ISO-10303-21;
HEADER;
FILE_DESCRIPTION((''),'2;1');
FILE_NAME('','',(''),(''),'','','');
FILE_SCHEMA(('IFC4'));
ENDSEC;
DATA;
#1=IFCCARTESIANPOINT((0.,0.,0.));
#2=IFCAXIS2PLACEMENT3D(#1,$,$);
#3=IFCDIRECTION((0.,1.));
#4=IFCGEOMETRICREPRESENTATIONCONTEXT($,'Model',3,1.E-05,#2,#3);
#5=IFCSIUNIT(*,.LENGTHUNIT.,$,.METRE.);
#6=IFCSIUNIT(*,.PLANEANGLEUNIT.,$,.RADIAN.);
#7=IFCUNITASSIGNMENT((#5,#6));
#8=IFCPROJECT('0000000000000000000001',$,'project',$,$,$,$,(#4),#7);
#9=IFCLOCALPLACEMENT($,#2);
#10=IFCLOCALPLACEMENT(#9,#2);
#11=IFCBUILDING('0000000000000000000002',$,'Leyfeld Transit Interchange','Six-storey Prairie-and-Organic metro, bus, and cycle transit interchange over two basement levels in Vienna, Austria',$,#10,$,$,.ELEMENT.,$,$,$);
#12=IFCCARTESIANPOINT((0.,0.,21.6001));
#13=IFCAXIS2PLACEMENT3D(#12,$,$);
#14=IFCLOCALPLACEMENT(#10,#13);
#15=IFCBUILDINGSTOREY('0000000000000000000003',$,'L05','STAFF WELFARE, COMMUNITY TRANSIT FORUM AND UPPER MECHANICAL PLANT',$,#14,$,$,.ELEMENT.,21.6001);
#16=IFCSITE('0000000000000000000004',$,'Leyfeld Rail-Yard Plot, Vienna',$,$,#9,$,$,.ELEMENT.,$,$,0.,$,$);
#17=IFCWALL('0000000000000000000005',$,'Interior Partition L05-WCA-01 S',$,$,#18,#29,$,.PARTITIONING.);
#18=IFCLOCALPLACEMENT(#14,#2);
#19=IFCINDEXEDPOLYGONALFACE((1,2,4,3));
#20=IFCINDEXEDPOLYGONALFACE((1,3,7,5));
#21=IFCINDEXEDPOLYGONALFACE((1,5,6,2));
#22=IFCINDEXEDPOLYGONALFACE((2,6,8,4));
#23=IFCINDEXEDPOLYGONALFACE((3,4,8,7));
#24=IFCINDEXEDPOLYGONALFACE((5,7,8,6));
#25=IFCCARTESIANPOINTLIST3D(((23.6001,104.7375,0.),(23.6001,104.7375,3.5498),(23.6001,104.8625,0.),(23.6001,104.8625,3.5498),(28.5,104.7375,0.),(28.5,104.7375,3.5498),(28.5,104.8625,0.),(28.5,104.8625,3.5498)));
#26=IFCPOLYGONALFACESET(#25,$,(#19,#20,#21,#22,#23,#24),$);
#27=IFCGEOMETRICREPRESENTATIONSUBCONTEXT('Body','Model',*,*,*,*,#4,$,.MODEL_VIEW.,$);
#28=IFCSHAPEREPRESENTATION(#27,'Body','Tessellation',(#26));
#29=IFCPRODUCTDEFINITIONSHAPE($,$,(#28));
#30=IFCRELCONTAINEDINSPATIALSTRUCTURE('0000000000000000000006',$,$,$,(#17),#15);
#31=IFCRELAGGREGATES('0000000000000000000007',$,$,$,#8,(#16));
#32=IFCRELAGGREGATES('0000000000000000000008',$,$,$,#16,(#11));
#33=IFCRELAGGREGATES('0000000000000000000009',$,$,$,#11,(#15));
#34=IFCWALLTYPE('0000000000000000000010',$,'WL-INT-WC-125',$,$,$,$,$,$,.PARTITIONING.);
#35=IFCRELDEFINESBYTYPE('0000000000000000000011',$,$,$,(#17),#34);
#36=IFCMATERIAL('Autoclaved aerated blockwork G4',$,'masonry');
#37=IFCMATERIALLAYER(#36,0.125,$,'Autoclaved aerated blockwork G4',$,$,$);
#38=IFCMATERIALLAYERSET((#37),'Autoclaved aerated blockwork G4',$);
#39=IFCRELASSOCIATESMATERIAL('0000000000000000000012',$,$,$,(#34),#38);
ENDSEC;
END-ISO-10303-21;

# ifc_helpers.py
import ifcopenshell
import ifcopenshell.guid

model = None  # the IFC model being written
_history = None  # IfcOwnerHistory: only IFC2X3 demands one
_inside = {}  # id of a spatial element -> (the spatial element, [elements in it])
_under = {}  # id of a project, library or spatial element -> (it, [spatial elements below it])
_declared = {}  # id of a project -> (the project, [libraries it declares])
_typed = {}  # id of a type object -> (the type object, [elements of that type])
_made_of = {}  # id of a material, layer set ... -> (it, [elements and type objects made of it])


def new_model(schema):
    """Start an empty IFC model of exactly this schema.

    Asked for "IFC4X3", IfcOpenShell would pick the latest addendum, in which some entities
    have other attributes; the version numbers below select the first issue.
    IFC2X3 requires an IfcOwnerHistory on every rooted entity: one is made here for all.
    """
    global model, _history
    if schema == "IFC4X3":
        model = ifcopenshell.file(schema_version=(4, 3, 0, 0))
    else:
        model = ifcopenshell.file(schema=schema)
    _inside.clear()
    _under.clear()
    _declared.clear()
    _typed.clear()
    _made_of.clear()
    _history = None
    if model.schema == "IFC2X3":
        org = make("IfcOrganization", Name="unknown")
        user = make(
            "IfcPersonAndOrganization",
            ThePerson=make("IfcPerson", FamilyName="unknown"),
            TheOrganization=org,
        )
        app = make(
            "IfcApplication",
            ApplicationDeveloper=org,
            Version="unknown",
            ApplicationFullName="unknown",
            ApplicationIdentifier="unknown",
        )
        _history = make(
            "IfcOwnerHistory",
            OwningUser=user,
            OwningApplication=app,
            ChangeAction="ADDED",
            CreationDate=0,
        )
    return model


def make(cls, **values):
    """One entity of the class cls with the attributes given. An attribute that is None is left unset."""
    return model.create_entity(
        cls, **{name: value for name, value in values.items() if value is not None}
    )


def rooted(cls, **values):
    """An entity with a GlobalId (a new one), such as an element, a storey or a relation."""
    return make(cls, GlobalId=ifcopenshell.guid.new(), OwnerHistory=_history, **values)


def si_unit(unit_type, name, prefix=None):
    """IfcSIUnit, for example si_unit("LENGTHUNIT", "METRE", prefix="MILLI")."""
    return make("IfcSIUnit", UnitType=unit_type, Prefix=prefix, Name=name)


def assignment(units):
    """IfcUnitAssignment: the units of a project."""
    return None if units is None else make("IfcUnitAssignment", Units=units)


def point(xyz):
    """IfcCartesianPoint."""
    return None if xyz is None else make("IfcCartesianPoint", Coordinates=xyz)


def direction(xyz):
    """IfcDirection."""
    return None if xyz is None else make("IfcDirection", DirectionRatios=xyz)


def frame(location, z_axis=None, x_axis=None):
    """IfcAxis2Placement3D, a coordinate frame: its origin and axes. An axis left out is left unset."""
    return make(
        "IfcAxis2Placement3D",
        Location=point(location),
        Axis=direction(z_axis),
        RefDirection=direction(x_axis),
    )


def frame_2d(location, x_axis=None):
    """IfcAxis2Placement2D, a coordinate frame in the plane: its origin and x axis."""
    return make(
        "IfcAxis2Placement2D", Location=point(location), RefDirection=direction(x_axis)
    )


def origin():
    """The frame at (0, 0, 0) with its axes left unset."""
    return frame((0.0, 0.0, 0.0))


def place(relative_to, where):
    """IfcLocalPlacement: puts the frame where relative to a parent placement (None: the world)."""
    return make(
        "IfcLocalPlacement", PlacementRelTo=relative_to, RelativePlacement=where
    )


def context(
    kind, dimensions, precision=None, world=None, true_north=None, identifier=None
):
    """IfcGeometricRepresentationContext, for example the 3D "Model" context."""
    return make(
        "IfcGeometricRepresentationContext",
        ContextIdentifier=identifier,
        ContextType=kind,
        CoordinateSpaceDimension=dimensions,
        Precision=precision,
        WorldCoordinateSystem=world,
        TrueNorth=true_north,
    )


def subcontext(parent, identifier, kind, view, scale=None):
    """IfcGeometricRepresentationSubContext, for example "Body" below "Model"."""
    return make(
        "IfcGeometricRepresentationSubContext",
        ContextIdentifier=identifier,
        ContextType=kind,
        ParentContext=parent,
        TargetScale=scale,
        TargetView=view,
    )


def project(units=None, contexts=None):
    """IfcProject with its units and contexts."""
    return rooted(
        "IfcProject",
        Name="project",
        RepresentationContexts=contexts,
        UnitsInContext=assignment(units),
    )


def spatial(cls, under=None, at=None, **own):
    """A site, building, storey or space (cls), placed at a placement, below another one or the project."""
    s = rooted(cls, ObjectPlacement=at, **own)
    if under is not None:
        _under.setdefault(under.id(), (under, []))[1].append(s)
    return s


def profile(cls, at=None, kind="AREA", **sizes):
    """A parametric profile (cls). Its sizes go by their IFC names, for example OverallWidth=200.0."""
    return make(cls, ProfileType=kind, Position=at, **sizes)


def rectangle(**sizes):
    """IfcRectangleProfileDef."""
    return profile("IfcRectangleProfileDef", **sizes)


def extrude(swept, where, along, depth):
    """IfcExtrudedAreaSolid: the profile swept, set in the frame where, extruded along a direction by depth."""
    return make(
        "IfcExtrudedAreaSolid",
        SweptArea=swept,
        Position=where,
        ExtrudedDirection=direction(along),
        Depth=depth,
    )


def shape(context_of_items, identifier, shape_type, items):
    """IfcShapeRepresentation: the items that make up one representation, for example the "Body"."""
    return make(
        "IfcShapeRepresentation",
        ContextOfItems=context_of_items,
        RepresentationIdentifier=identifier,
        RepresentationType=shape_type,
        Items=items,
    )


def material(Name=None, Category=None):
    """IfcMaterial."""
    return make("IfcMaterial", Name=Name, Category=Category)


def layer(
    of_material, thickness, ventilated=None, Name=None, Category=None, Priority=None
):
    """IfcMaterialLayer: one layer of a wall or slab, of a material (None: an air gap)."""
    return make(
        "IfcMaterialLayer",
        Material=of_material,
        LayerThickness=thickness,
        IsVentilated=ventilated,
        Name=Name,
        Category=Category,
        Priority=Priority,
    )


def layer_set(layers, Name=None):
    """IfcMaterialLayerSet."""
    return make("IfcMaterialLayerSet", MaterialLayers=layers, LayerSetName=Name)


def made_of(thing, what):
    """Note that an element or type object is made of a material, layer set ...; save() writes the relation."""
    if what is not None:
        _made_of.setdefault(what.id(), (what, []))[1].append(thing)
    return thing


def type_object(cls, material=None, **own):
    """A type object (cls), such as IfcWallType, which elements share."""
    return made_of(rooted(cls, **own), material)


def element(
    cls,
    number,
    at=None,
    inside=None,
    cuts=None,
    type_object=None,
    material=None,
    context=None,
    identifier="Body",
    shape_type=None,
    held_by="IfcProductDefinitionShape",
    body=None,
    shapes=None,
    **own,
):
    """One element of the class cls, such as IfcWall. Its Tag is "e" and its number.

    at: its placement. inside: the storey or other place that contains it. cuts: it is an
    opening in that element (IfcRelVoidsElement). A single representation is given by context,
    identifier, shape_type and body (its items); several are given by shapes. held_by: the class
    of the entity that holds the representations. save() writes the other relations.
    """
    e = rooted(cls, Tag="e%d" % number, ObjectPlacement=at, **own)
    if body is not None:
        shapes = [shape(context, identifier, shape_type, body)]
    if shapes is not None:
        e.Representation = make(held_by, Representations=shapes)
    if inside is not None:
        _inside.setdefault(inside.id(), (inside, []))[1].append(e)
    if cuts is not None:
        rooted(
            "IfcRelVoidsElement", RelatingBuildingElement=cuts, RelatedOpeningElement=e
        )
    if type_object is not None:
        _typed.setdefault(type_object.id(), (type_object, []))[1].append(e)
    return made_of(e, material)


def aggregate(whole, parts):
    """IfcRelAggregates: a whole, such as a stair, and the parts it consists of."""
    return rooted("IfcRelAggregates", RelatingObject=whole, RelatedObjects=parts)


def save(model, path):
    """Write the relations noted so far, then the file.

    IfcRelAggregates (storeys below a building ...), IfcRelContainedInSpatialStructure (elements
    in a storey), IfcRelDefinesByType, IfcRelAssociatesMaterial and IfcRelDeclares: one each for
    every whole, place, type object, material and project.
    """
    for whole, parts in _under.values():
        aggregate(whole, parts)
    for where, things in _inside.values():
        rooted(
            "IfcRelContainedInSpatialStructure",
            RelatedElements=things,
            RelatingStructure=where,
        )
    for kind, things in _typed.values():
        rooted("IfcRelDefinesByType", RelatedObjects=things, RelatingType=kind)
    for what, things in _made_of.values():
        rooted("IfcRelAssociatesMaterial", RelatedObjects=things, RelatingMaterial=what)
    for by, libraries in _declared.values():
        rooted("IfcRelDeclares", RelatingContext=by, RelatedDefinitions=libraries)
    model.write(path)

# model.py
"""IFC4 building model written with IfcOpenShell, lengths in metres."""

from ifc_helpers import new_model, si_unit, direction, frame, frame_2d, origin, place, context, subcontext, project, spatial, rectangle, extrude, material, layer, layer_set, type_object, element, save


model = new_model("IFC4")

# Units and contexts
model_context = context("Model", 3, precision=1e-05, world=origin(), true_north=direction((0.0, 1.0)))
body_context = subcontext(model_context, "Body", "Model", "MODEL_VIEW")
ifc_project = project(units=[si_unit("LENGTHUNIT", "METRE"), si_unit("PLANEANGLEUNIT", "RADIAN")], contexts=[model_context])

# Site, building, storey
site_placement = place(None, origin())
site = spatial("IfcSite", under=ifc_project, at=site_placement, Name="Leyfeld Rail-Yard Plot, Vienna", CompositionType="ELEMENT", RefElevation=0.0)
building_placement = place(site_placement, origin())
building = spatial("IfcBuilding", under=site, at=building_placement, Name="Leyfeld Transit Interchange", Description="Six-storey Prairie-and-Organic metro, bus, and cycle transit interchange over two basement levels in Vienna, Austria", CompositionType="ELEMENT")
storey_placement = place(building_placement, frame((0.0, 0.0, 21.6001)))
storey = spatial("IfcBuildingStorey", under=building, at=storey_placement, Name="L05", Description="STAFF WELFARE, COMMUNITY TRANSIT FORUM AND UPPER MECHANICAL PLANT", CompositionType="ELEMENT", Elevation=21.6001)

# Wall
ifc_material_1 = material(Name="Autoclaved aerated blockwork G4", Category="masonry")
ifc_layer_1 = layer(ifc_material_1, 0.125, Name="Autoclaved aerated blockwork G4")
ifc_layer_set_1 = layer_set([ifc_layer_1], Name="Autoclaved aerated blockwork G4")
wall_type_1 = type_object("IfcWallType", Name="WL-INT-WC-125", PredefinedType="PARTITIONING", material=ifc_layer_set_1)
wall_1_placement = place(storey_placement, frame((28.5, 104.8, 0.0), z_axis=(0.0, 0.0, 1.0), x_axis=(-1.0, 0.0, 0.0)))
element("IfcWall", 1, at=wall_1_placement, inside=storey, type_object=wall_type_1, Name="Interior Partition L05-WCA-01 S", PredefinedType="PARTITIONING", context=body_context, shape_type="SweptSolid", body=[
    extrude(rectangle(XDim=4.8999, YDim=0.125, at=frame_2d((2.45, 0.0))), origin(), (0.0, 0.0, 1.0), 3.5498),
])

save(model, "model.ifc")
